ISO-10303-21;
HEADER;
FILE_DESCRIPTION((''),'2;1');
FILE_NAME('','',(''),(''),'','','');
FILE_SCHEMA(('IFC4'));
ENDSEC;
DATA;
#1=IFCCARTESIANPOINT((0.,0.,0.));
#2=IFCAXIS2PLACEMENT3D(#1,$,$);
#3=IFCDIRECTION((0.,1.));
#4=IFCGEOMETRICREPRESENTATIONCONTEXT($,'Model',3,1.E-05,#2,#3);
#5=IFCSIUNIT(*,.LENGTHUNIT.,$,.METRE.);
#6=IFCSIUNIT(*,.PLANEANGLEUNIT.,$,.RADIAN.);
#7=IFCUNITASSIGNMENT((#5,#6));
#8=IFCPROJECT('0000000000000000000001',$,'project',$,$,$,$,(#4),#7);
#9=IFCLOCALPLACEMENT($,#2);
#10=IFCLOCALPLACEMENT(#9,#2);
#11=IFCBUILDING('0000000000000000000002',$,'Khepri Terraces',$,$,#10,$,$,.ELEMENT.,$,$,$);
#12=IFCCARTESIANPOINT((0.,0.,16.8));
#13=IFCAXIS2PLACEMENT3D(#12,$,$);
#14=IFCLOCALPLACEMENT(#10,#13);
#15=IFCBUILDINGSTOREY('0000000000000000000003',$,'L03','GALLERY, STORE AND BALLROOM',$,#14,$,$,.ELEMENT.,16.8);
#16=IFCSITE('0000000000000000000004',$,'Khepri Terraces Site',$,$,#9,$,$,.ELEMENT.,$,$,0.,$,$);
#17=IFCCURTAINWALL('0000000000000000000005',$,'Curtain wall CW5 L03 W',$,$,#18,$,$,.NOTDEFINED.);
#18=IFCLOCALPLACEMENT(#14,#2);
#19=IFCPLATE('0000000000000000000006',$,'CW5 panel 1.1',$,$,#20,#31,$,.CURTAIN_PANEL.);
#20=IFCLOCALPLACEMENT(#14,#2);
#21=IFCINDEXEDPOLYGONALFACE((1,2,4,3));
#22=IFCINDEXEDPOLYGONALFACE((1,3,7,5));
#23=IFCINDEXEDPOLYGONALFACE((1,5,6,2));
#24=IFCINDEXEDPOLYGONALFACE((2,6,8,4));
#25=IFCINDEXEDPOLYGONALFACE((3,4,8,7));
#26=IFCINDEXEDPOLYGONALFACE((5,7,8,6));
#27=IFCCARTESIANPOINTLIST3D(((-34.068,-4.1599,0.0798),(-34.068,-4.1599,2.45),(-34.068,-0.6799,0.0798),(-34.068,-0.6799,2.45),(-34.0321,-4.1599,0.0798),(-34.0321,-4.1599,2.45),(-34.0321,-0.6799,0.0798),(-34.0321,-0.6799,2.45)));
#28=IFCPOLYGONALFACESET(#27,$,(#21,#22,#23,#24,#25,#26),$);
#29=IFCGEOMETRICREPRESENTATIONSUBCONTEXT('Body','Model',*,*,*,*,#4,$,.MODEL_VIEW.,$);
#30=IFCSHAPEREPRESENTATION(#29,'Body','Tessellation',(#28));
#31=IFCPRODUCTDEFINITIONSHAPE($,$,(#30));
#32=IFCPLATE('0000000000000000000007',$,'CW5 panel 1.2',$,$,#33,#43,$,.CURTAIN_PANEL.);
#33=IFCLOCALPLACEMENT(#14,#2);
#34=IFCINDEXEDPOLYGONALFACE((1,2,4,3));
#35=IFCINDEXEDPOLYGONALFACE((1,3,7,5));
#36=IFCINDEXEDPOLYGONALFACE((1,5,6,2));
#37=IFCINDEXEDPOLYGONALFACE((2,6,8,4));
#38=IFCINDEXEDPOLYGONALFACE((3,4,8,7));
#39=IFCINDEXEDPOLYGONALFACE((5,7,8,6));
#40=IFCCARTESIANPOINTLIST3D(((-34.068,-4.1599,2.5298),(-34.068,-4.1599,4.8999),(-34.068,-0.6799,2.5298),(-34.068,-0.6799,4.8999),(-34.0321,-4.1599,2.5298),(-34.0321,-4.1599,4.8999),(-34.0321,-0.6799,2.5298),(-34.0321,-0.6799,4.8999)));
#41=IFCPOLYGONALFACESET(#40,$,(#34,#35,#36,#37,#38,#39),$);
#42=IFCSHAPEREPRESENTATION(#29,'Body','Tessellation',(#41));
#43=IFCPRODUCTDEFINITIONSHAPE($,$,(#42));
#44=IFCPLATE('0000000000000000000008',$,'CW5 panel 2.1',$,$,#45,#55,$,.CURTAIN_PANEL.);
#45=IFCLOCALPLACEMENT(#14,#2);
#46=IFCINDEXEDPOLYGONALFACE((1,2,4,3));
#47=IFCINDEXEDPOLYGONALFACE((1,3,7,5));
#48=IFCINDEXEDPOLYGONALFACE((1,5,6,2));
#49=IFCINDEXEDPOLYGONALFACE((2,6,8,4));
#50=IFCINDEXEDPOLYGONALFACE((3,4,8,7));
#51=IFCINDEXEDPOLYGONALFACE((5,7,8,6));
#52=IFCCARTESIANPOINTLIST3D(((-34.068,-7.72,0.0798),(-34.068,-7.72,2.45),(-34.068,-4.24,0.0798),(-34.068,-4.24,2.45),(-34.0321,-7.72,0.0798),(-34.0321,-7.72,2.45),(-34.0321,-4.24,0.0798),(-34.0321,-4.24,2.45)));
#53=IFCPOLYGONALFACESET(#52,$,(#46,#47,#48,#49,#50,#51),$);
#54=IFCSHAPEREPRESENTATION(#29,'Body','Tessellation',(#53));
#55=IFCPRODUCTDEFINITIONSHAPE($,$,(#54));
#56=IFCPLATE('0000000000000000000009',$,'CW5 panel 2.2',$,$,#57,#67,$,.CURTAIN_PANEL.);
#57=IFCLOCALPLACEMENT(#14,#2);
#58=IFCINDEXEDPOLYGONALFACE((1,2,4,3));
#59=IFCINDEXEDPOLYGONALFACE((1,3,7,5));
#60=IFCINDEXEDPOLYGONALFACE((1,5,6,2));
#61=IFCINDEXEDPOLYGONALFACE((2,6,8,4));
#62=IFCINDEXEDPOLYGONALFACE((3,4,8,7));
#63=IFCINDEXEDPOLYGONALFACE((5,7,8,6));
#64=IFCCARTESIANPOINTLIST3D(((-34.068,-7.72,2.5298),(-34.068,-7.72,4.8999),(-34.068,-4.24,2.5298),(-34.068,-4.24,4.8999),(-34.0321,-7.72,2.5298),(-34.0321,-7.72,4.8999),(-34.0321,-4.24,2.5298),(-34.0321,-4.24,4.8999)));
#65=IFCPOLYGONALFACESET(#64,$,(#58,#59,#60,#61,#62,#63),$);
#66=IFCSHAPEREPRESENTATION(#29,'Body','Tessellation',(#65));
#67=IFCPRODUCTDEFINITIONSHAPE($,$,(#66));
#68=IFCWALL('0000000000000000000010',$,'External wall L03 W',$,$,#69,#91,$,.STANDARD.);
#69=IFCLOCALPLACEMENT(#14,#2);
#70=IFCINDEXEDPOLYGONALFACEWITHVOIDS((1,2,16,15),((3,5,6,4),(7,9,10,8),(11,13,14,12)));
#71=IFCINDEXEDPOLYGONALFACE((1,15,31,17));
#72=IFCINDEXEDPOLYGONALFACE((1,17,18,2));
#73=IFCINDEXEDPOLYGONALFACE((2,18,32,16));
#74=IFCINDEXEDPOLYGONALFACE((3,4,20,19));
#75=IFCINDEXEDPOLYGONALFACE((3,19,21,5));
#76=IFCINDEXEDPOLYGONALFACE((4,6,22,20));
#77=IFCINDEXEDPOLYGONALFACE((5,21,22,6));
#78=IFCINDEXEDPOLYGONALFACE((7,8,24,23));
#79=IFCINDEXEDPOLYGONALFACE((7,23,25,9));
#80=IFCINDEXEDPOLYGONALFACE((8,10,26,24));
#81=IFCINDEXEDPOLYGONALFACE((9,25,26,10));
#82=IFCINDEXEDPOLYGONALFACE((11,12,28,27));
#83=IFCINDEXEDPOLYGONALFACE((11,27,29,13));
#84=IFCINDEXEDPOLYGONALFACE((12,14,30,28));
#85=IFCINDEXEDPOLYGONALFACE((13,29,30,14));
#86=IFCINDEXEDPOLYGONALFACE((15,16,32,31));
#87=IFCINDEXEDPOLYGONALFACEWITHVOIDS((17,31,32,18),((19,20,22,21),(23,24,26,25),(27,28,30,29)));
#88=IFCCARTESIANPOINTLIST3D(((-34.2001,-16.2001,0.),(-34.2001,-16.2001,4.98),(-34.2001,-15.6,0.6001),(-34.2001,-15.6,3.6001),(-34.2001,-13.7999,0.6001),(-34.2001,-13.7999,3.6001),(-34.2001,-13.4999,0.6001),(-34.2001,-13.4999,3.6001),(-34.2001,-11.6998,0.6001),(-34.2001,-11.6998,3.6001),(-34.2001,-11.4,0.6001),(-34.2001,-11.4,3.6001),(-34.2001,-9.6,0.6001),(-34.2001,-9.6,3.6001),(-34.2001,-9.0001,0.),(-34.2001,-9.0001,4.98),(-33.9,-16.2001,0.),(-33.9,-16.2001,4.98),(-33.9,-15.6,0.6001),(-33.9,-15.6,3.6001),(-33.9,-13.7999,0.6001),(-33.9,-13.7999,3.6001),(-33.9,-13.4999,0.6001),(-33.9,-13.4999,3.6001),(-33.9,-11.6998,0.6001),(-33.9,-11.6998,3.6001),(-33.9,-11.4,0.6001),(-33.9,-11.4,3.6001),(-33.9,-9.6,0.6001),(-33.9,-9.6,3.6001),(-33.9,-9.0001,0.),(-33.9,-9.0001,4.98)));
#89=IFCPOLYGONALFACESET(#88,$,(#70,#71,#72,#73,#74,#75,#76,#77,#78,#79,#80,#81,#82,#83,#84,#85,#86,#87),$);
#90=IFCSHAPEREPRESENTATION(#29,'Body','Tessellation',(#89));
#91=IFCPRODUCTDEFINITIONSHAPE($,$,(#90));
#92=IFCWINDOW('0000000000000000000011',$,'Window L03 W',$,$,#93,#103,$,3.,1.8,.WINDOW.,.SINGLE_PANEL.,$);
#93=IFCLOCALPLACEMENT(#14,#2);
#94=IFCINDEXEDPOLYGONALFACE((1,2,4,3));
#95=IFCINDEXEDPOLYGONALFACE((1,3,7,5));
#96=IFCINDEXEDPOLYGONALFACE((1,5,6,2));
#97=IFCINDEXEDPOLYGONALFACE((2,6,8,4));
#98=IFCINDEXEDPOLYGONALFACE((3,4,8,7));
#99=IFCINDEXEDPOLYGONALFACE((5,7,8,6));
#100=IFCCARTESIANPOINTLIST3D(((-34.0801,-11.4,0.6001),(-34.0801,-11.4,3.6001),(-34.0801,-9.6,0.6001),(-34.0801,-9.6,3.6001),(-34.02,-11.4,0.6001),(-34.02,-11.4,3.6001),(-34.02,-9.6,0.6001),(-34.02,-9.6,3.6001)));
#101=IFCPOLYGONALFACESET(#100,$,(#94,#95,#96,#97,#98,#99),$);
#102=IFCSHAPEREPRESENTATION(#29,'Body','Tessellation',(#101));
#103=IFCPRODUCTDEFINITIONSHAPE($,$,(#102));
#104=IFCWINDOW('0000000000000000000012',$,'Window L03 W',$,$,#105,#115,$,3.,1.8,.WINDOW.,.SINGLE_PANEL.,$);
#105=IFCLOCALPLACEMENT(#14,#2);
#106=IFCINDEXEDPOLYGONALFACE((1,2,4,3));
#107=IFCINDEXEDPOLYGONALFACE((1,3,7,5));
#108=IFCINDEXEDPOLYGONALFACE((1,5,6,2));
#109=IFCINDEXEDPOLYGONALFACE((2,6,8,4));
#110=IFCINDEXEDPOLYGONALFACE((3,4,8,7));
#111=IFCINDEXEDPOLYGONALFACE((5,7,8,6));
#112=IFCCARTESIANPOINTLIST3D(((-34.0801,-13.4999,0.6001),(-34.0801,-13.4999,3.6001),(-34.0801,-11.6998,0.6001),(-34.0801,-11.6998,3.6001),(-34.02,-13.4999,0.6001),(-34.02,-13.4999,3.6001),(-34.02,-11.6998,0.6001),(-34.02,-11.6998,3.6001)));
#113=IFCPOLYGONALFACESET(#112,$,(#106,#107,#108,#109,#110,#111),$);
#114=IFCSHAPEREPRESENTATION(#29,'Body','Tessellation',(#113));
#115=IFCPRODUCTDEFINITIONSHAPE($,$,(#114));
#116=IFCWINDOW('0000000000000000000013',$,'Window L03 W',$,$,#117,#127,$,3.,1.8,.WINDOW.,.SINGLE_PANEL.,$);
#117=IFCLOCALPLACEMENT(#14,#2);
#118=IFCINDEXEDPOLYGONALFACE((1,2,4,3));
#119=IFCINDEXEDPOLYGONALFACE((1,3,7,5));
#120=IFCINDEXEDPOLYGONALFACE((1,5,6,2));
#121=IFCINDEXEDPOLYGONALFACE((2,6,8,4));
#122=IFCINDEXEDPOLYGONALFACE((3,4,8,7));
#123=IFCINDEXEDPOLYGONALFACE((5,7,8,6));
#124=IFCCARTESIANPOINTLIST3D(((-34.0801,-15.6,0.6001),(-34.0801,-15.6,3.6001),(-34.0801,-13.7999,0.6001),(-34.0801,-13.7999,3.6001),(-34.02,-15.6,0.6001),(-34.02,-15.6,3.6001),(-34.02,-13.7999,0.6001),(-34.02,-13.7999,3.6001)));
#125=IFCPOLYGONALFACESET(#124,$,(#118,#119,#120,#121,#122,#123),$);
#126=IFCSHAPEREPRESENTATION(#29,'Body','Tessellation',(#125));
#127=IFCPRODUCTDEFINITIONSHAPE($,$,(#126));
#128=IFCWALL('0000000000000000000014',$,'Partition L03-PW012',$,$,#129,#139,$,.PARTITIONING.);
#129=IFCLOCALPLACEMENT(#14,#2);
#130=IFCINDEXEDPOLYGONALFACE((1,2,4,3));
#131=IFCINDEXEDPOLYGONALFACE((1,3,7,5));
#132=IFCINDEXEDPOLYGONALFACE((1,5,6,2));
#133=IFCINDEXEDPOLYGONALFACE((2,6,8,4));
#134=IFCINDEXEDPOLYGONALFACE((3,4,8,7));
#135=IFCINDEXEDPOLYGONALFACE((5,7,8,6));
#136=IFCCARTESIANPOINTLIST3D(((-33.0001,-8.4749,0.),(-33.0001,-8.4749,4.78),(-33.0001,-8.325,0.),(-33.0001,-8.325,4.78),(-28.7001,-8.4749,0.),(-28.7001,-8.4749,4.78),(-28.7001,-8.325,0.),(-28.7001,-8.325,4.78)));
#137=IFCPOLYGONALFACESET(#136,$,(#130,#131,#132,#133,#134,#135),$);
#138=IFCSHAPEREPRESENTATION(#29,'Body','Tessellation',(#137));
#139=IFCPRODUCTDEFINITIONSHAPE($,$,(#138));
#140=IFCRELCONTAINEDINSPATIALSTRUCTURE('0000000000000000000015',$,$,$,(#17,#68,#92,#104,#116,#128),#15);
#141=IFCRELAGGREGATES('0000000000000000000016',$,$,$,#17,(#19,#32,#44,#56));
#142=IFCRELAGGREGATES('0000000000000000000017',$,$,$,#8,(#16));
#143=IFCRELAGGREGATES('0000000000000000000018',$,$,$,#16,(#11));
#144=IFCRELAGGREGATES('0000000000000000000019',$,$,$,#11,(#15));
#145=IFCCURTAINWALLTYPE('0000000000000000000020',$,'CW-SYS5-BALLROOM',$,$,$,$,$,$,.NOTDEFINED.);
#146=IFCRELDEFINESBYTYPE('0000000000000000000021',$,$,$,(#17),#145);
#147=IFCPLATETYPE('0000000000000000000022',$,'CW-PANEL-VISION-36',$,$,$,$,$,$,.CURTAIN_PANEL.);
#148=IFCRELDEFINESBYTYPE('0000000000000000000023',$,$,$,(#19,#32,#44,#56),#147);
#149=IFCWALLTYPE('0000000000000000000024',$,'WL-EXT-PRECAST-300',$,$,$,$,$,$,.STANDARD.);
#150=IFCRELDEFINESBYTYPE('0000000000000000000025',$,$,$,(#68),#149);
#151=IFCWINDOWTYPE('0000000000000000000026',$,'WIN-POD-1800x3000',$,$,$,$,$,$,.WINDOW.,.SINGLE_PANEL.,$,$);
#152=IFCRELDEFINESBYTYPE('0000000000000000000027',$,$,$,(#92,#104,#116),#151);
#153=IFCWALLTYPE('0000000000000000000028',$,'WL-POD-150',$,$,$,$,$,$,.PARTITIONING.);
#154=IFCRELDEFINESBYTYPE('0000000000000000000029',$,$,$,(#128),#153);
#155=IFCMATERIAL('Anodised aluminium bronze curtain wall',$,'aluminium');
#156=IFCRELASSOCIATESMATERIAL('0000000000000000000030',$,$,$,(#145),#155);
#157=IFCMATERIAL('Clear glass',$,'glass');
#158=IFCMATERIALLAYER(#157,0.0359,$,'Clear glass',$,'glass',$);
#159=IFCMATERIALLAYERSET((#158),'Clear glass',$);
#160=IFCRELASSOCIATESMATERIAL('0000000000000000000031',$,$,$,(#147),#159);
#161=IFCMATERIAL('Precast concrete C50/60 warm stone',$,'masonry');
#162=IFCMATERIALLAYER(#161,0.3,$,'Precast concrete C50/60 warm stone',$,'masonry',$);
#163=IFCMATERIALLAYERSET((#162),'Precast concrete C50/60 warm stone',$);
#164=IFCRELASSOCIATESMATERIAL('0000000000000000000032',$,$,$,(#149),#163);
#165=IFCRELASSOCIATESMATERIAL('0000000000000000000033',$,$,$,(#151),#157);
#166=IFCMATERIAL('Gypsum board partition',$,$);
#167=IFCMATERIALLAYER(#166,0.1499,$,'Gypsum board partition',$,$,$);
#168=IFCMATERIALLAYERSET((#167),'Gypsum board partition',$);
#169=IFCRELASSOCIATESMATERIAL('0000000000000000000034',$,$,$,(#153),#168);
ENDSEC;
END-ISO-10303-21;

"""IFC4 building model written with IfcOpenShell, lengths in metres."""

from ifc_helpers import new_model, si_unit, direction, frame, frame_2d, origin, origin_2d, place, context, subcontext, project, spatial, rectangle, extrude, material, layer, layer_set, type_object, element, fill, aggregate, save


model = new_model("IFC4")

# Units and contexts
model_context = context("Model", 3, precision=1e-05, world=origin(), true_north=direction((0.0, 1.0)))
body_context = subcontext(model_context, "Body", "Model", "MODEL_VIEW")
ifc_project = project(units=[si_unit("LENGTHUNIT", "METRE"), si_unit("PLANEANGLEUNIT", "RADIAN")], contexts=[model_context])

# Site, building, storey
site_placement = place(None, origin())
site = spatial("IfcSite", under=ifc_project, at=site_placement, Name="Khepri Terraces Site", CompositionType="ELEMENT", RefElevation=0.0)
building_placement = place(site_placement, origin())
building = spatial("IfcBuilding", under=site, at=building_placement, Name="Khepri Terraces", CompositionType="ELEMENT")
storey_placement = place(building_placement, frame((0.0, 0.0, 16.8)))
storey = spatial("IfcBuildingStorey", under=building, at=storey_placement, Name="L03", Description="GALLERY, STORE AND BALLROOM", CompositionType="ELEMENT", Elevation=16.8)

# Curtain wall
ifc_material_1 = material(Name="Anodised aluminium bronze curtain wall", Category="aluminium")
curtain_wall_type = type_object("IfcCurtainWallType", Name="CW-SYS5-BALLROOM", PredefinedType="NOTDEFINED", material=ifc_material_1)
curtain_wall_placement = place(storey_placement, origin())
curtain_wall = element("IfcCurtainWall", 1, at=curtain_wall_placement, inside=storey, type_object=curtain_wall_type, Name="Curtain wall CW5 L03 W", PredefinedType="NOTDEFINED")

# Plates
ifc_material_2 = material(Name="Clear glass", Category="glass")
ifc_layer_1 = layer(ifc_material_2, 0.0359, Name="Clear glass", Category="glass")
ifc_layer_set_1 = layer_set([ifc_layer_1], Name="Clear glass")
plate_type = type_object("IfcPlateType", Name="CW-PANEL-VISION-36", PredefinedType="CURTAIN_PANEL", material=ifc_layer_set_1)
plate_1_placement = place(storey_placement, frame((-34.05, -2.4199, 0.0798), z_axis=(0.0, 0.0, 1.0), x_axis=(0.0, -1.0, 0.0)))
plate_1 = element("IfcPlate", 2, at=plate_1_placement, type_object=plate_type, Name="CW5 panel 1.1", PredefinedType="CURTAIN_PANEL", context=body_context, shape_type="SweptSolid", body=[
    extrude(rectangle(XDim=3.48, YDim=0.0359, at=origin_2d()), origin(), (0.0, 0.0, 1.0), 2.3701),
])
plate_2_placement = place(storey_placement, frame((-34.05, -2.4199, 2.5298), z_axis=(0.0, 0.0, 1.0), x_axis=(0.0, -1.0, 0.0)))
plate_2 = element("IfcPlate", 3, at=plate_2_placement, type_object=plate_type, Name="CW5 panel 1.2", PredefinedType="CURTAIN_PANEL", context=body_context, shape_type="SweptSolid", body=[
    extrude(rectangle(XDim=3.48, YDim=0.0359, at=origin_2d()), origin(), (0.0, 0.0, 1.0), 2.3701),
])
plate_3_placement = place(storey_placement, frame((-34.05, -5.98, 0.0798), z_axis=(0.0, 0.0, 1.0), x_axis=(0.0, -1.0, 0.0)))
plate_3 = element("IfcPlate", 4, at=plate_3_placement, type_object=plate_type, Name="CW5 panel 2.1", PredefinedType="CURTAIN_PANEL", context=body_context, shape_type="SweptSolid", body=[
    extrude(rectangle(XDim=3.48, YDim=0.0359, at=origin_2d()), origin(), (0.0, 0.0, 1.0), 2.3701),
])
plate_4_placement = place(storey_placement, frame((-34.05, -5.98, 2.5298), z_axis=(0.0, 0.0, 1.0), x_axis=(0.0, -1.0, 0.0)))
plate_4 = element("IfcPlate", 5, at=plate_4_placement, type_object=plate_type, Name="CW5 panel 2.2", PredefinedType="CURTAIN_PANEL", context=body_context, shape_type="SweptSolid", body=[
    extrude(rectangle(XDim=3.48, YDim=0.0359, at=origin_2d()), origin(), (0.0, 0.0, 1.0), 2.3701),
])
aggregate(curtain_wall, [plate_1, plate_2, plate_3, plate_4])

# Wall, openings, windows
ifc_material_3 = material(Name="Precast concrete C50/60 warm stone", Category="masonry")
ifc_layer_2 = layer(ifc_material_3, 0.3, Name="Precast concrete C50/60 warm stone", Category="masonry")
ifc_layer_set_2 = layer_set([ifc_layer_2], Name="Precast concrete C50/60 warm stone")
wall_type_1 = type_object("IfcWallType", Name="WL-EXT-PRECAST-300", PredefinedType="STANDARD", material=ifc_layer_set_2)
wall_1_placement = place(storey_placement, frame((-34.05, -9.0, 0.0), z_axis=(0.0, 0.0, 1.0), x_axis=(0.0, -1.0, 0.0)))
wall_1 = element("IfcWall", 6, at=wall_1_placement, inside=storey, type_object=wall_type_1, Name="External wall L03 W", PredefinedType="STANDARD", context=body_context, shape_type="SweptSolid", body=[
    extrude(rectangle(XDim=7.2, YDim=0.3, at=frame_2d((3.6001, 0.0))), origin(), (0.0, 0.0, 1.0), 4.98),
])
opening_1_placement = place(wall_1_placement, frame((0.6001, 0.0, 0.6001)))
opening_1 = element("IfcOpeningElement", 7, at=opening_1_placement, cuts=wall_1, PredefinedType="OPENING", context=body_context, shape_type="SweptSolid", body=[
    extrude(rectangle(XDim=1.8, YDim=3.0, at=frame_2d((0.8999, 1.5))), frame((0.0, 0.1602, 0.0), z_axis=(0.0, -1.0, 0.0), x_axis=(1.0, 0.0, 0.0)), (0.0, 0.0, 1.0), 0.3201),
])
opening_2_placement = place(wall_1_placement, frame((2.7, 0.0, 0.6001)))
opening_2 = element("IfcOpeningElement", 8, at=opening_2_placement, cuts=wall_1, PredefinedType="OPENING", context=body_context, shape_type="SweptSolid", body=[
    extrude(rectangle(XDim=1.8, YDim=3.0, at=frame_2d((0.8999, 1.5))), frame((0.0, 0.1602, 0.0), z_axis=(0.0, -1.0, 0.0), x_axis=(1.0, 0.0, 0.0)), (0.0, 0.0, 1.0), 0.3201),
])
opening_3_placement = place(wall_1_placement, frame((4.8, 0.0, 0.6001)))
opening_3 = element("IfcOpeningElement", 9, at=opening_3_placement, cuts=wall_1, PredefinedType="OPENING", context=body_context, shape_type="SweptSolid", body=[
    extrude(rectangle(XDim=1.8, YDim=3.0, at=frame_2d((0.8999, 1.5))), frame((0.0, 0.1602, 0.0), z_axis=(0.0, -1.0, 0.0), x_axis=(1.0, 0.0, 0.0)), (0.0, 0.0, 1.0), 0.3201),
])
window_type = type_object("IfcWindowType", Name="WIN-POD-1800x3000", PartitioningType="SINGLE_PANEL", PredefinedType="WINDOW", material=ifc_material_2)
window_1_placement = place(opening_1_placement, origin())
window_1 = element("IfcWindow", 10, at=window_1_placement, inside=storey, type_object=window_type, Name="Window L03 W", OverallHeight=3.0, OverallWidth=1.8, PartitioningType="SINGLE_PANEL", PredefinedType="WINDOW", context=body_context, shape_type="SweptSolid", body=[
    extrude(rectangle(XDim=1.8, YDim=3.0, at=frame_2d((0.8999, 1.5))), frame((0.0, 0.03, 0.0), z_axis=(0.0, -1.0, 0.0), x_axis=(1.0, 0.0, 0.0)), (0.0, 0.0, 1.0), 0.0601),
])
fill(opening_1, window_1)
window_2_placement = place(opening_2_placement, origin())
window_2 = element("IfcWindow", 11, at=window_2_placement, inside=storey, type_object=window_type, Name="Window L03 W", OverallHeight=3.0, OverallWidth=1.8, PartitioningType="SINGLE_PANEL", PredefinedType="WINDOW", context=body_context, shape_type="SweptSolid", body=[
    extrude(rectangle(XDim=1.8, YDim=3.0, at=frame_2d((0.8999, 1.5))), frame((0.0, 0.03, 0.0), z_axis=(0.0, -1.0, 0.0), x_axis=(1.0, 0.0, 0.0)), (0.0, 0.0, 1.0), 0.0601),
])
fill(opening_2, window_2)
window_3_placement = place(opening_3_placement, origin())
window_3 = element("IfcWindow", 12, at=window_3_placement, inside=storey, type_object=window_type, Name="Window L03 W", OverallHeight=3.0, OverallWidth=1.8, PartitioningType="SINGLE_PANEL", PredefinedType="WINDOW", context=body_context, shape_type="SweptSolid", body=[
    extrude(rectangle(XDim=1.8, YDim=3.0, at=frame_2d((0.8999, 1.5))), frame((0.0, 0.03, 0.0), z_axis=(0.0, -1.0, 0.0), x_axis=(1.0, 0.0, 0.0)), (0.0, 0.0, 1.0), 0.0601),
])
fill(opening_3, window_3)

# Wall
ifc_material_4 = material(Name="Gypsum board partition")
ifc_layer_3 = layer(ifc_material_4, 0.1499, Name="Gypsum board partition")
ifc_layer_set_3 = layer_set([ifc_layer_3], Name="Gypsum board partition")
wall_type_2 = type_object("IfcWallType", Name="WL-POD-150", PredefinedType="PARTITIONING", material=ifc_layer_set_3)
wall_2_placement = place(storey_placement, frame((-33.0, -8.3999, 0.0), z_axis=(0.0, 0.0, 1.0), x_axis=(1.0, 0.0, 0.0)))
element("IfcWall", 13, at=wall_2_placement, inside=storey, type_object=wall_type_2, Name="Partition L03-PW012", PredefinedType="PARTITIONING", context=body_context, shape_type="SweptSolid", body=[
    extrude(rectangle(XDim=4.3, YDim=0.1499, at=frame_2d((2.1499, 0.0))), origin(), (0.0, 0.0, 1.0), 4.78),
])

save(model, "model.ifc")
